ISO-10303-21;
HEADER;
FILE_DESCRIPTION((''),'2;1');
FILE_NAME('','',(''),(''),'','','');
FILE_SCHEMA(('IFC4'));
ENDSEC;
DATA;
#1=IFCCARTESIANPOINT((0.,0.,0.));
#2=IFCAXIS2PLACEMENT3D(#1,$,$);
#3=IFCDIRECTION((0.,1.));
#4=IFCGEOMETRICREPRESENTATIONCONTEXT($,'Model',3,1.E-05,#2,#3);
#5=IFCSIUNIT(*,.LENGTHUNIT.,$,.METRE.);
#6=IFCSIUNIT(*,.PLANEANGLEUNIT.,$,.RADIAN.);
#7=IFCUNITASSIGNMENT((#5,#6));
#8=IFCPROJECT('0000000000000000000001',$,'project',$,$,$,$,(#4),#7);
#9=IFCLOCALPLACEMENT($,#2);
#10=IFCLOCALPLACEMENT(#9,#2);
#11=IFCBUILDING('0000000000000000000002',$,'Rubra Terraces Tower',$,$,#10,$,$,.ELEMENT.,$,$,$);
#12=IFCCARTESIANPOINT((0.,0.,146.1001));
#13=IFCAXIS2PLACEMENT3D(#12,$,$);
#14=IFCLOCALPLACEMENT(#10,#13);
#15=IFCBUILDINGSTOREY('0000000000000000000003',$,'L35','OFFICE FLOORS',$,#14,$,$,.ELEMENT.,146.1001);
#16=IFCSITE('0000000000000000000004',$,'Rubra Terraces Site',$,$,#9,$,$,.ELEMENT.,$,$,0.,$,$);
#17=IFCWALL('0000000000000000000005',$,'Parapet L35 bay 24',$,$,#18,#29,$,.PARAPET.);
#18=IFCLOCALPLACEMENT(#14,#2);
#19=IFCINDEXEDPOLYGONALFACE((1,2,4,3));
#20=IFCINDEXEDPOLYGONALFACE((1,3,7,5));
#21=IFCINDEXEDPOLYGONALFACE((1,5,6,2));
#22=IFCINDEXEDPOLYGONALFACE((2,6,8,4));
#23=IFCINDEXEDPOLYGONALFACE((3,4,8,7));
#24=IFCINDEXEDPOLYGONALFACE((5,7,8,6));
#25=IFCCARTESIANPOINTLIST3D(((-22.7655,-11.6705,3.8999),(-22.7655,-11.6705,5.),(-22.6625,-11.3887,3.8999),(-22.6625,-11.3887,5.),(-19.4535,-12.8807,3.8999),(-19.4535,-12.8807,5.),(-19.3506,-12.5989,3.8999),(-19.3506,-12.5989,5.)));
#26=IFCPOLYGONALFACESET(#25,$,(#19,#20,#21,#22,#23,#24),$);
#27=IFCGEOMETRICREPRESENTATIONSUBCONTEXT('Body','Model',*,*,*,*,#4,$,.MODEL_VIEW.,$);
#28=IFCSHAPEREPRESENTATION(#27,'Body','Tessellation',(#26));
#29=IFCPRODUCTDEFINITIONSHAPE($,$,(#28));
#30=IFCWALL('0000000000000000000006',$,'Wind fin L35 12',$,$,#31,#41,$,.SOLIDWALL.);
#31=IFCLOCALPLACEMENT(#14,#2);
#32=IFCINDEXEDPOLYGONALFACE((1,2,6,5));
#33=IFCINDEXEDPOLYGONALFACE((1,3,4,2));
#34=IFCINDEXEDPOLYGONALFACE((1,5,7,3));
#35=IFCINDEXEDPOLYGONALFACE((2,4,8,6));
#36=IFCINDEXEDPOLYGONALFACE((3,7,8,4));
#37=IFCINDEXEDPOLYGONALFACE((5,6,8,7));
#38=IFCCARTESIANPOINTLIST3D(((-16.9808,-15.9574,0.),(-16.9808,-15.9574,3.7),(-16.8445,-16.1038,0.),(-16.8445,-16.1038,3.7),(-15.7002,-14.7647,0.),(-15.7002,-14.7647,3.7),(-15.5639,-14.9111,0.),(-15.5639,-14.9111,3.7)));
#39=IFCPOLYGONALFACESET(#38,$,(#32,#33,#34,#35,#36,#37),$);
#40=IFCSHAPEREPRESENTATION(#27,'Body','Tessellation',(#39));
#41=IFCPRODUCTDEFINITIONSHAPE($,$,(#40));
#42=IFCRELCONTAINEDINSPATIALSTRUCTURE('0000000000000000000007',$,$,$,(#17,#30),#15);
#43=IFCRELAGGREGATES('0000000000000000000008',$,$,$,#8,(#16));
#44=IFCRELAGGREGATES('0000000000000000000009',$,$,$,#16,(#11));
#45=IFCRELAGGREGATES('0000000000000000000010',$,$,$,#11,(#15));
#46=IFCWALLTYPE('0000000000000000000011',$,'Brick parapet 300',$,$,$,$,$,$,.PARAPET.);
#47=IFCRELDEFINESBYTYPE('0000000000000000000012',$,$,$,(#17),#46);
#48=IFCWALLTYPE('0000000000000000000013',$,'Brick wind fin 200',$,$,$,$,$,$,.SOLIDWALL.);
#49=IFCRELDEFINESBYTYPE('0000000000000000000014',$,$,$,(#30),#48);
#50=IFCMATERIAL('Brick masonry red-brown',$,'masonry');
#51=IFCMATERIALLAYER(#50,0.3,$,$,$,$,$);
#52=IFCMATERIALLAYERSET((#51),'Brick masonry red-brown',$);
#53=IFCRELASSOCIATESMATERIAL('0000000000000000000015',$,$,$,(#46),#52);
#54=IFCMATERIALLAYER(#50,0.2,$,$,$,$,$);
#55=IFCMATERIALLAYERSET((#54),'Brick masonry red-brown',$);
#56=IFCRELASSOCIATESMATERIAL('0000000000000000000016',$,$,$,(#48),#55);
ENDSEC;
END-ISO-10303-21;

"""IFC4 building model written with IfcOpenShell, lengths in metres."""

from ifc_helpers import new_model, si_unit, direction, frame, frame_2d, origin, place, context, subcontext, project, spatial, rectangle, extrude, material, layer, layer_set, type_object, element, save


model = new_model("IFC4")

# Units and contexts
model_context = context("Model", 3, precision=1e-05, world=origin(), true_north=direction((0.0, 1.0)))
body_context = subcontext(model_context, "Body", "Model", "MODEL_VIEW")
ifc_project = project(units=[si_unit("LENGTHUNIT", "METRE"), si_unit("PLANEANGLEUNIT", "RADIAN")], contexts=[model_context])

# Site, building, storey
site_placement = place(None, origin())
site = spatial("IfcSite", under=ifc_project, at=site_placement, Name="Rubra Terraces Site", CompositionType="ELEMENT", RefElevation=0.0)
building_placement = place(site_placement, origin())
building = spatial("IfcBuilding", under=site, at=building_placement, Name="Rubra Terraces Tower", CompositionType="ELEMENT")
storey_placement = place(building_placement, frame((0.0, 0.0, 146.1001)))
storey = spatial("IfcBuildingStorey", under=building, at=storey_placement, Name="L35", Description="OFFICE FLOORS", CompositionType="ELEMENT", Elevation=146.1001)

# Shared definitions
ifc_material_1 = material(Name="Brick masonry red-brown", Category="masonry")

# Walls
ifc_layer_1 = layer(ifc_material_1, 0.3)
ifc_layer_set_1 = layer_set([ifc_layer_1], Name="Brick masonry red-brown")
wall_type_1 = type_object("IfcWallType", Name="Brick parapet 300", PredefinedType="PARAPET", material=ifc_layer_set_1)
wall_1_placement = place(storey_placement, frame((-22.7141, -11.5295, 3.8999), z_axis=(0.0, 0.0, 1.0), x_axis=(0.939261, -0.343205, 0.0)))
element("IfcWall", 1, at=wall_1_placement, inside=storey, type_object=wall_type_1, Name="Parapet L35 bay 24", PredefinedType="PARAPET", context=body_context, shape_type="SweptSolid", body=[
    extrude(rectangle(XDim=3.5261, YDim=0.3, at=frame_2d((1.7632, 0.0))), origin(), (0.0, 0.0, 1.0), 1.1001),
])
ifc_layer_2 = layer(ifc_material_1, 0.2)
ifc_layer_set_2 = layer_set([ifc_layer_2], Name="Brick masonry red-brown")
wall_type_2 = type_object("IfcWallType", Name="Brick wind fin 200", PredefinedType="SOLIDWALL", material=ifc_layer_set_2)
wall_2_placement = place(storey_placement, frame((-15.6321, -14.8379, 0.0), z_axis=(0.0, 0.0, 1.0), x_axis=(-0.731774, -0.681547, 0.0)))
element("IfcWall", 2, at=wall_2_placement, inside=storey, type_object=wall_type_2, Name="Wind fin L35 12", PredefinedType="SOLIDWALL", context=body_context, shape_type="SweptSolid", body=[
    extrude(rectangle(XDim=1.75, YDim=0.2, at=frame_2d((0.875, 0.0))), origin(), (0.0, 0.0, 1.0), 3.7),
])

save(model, "model.ifc")
